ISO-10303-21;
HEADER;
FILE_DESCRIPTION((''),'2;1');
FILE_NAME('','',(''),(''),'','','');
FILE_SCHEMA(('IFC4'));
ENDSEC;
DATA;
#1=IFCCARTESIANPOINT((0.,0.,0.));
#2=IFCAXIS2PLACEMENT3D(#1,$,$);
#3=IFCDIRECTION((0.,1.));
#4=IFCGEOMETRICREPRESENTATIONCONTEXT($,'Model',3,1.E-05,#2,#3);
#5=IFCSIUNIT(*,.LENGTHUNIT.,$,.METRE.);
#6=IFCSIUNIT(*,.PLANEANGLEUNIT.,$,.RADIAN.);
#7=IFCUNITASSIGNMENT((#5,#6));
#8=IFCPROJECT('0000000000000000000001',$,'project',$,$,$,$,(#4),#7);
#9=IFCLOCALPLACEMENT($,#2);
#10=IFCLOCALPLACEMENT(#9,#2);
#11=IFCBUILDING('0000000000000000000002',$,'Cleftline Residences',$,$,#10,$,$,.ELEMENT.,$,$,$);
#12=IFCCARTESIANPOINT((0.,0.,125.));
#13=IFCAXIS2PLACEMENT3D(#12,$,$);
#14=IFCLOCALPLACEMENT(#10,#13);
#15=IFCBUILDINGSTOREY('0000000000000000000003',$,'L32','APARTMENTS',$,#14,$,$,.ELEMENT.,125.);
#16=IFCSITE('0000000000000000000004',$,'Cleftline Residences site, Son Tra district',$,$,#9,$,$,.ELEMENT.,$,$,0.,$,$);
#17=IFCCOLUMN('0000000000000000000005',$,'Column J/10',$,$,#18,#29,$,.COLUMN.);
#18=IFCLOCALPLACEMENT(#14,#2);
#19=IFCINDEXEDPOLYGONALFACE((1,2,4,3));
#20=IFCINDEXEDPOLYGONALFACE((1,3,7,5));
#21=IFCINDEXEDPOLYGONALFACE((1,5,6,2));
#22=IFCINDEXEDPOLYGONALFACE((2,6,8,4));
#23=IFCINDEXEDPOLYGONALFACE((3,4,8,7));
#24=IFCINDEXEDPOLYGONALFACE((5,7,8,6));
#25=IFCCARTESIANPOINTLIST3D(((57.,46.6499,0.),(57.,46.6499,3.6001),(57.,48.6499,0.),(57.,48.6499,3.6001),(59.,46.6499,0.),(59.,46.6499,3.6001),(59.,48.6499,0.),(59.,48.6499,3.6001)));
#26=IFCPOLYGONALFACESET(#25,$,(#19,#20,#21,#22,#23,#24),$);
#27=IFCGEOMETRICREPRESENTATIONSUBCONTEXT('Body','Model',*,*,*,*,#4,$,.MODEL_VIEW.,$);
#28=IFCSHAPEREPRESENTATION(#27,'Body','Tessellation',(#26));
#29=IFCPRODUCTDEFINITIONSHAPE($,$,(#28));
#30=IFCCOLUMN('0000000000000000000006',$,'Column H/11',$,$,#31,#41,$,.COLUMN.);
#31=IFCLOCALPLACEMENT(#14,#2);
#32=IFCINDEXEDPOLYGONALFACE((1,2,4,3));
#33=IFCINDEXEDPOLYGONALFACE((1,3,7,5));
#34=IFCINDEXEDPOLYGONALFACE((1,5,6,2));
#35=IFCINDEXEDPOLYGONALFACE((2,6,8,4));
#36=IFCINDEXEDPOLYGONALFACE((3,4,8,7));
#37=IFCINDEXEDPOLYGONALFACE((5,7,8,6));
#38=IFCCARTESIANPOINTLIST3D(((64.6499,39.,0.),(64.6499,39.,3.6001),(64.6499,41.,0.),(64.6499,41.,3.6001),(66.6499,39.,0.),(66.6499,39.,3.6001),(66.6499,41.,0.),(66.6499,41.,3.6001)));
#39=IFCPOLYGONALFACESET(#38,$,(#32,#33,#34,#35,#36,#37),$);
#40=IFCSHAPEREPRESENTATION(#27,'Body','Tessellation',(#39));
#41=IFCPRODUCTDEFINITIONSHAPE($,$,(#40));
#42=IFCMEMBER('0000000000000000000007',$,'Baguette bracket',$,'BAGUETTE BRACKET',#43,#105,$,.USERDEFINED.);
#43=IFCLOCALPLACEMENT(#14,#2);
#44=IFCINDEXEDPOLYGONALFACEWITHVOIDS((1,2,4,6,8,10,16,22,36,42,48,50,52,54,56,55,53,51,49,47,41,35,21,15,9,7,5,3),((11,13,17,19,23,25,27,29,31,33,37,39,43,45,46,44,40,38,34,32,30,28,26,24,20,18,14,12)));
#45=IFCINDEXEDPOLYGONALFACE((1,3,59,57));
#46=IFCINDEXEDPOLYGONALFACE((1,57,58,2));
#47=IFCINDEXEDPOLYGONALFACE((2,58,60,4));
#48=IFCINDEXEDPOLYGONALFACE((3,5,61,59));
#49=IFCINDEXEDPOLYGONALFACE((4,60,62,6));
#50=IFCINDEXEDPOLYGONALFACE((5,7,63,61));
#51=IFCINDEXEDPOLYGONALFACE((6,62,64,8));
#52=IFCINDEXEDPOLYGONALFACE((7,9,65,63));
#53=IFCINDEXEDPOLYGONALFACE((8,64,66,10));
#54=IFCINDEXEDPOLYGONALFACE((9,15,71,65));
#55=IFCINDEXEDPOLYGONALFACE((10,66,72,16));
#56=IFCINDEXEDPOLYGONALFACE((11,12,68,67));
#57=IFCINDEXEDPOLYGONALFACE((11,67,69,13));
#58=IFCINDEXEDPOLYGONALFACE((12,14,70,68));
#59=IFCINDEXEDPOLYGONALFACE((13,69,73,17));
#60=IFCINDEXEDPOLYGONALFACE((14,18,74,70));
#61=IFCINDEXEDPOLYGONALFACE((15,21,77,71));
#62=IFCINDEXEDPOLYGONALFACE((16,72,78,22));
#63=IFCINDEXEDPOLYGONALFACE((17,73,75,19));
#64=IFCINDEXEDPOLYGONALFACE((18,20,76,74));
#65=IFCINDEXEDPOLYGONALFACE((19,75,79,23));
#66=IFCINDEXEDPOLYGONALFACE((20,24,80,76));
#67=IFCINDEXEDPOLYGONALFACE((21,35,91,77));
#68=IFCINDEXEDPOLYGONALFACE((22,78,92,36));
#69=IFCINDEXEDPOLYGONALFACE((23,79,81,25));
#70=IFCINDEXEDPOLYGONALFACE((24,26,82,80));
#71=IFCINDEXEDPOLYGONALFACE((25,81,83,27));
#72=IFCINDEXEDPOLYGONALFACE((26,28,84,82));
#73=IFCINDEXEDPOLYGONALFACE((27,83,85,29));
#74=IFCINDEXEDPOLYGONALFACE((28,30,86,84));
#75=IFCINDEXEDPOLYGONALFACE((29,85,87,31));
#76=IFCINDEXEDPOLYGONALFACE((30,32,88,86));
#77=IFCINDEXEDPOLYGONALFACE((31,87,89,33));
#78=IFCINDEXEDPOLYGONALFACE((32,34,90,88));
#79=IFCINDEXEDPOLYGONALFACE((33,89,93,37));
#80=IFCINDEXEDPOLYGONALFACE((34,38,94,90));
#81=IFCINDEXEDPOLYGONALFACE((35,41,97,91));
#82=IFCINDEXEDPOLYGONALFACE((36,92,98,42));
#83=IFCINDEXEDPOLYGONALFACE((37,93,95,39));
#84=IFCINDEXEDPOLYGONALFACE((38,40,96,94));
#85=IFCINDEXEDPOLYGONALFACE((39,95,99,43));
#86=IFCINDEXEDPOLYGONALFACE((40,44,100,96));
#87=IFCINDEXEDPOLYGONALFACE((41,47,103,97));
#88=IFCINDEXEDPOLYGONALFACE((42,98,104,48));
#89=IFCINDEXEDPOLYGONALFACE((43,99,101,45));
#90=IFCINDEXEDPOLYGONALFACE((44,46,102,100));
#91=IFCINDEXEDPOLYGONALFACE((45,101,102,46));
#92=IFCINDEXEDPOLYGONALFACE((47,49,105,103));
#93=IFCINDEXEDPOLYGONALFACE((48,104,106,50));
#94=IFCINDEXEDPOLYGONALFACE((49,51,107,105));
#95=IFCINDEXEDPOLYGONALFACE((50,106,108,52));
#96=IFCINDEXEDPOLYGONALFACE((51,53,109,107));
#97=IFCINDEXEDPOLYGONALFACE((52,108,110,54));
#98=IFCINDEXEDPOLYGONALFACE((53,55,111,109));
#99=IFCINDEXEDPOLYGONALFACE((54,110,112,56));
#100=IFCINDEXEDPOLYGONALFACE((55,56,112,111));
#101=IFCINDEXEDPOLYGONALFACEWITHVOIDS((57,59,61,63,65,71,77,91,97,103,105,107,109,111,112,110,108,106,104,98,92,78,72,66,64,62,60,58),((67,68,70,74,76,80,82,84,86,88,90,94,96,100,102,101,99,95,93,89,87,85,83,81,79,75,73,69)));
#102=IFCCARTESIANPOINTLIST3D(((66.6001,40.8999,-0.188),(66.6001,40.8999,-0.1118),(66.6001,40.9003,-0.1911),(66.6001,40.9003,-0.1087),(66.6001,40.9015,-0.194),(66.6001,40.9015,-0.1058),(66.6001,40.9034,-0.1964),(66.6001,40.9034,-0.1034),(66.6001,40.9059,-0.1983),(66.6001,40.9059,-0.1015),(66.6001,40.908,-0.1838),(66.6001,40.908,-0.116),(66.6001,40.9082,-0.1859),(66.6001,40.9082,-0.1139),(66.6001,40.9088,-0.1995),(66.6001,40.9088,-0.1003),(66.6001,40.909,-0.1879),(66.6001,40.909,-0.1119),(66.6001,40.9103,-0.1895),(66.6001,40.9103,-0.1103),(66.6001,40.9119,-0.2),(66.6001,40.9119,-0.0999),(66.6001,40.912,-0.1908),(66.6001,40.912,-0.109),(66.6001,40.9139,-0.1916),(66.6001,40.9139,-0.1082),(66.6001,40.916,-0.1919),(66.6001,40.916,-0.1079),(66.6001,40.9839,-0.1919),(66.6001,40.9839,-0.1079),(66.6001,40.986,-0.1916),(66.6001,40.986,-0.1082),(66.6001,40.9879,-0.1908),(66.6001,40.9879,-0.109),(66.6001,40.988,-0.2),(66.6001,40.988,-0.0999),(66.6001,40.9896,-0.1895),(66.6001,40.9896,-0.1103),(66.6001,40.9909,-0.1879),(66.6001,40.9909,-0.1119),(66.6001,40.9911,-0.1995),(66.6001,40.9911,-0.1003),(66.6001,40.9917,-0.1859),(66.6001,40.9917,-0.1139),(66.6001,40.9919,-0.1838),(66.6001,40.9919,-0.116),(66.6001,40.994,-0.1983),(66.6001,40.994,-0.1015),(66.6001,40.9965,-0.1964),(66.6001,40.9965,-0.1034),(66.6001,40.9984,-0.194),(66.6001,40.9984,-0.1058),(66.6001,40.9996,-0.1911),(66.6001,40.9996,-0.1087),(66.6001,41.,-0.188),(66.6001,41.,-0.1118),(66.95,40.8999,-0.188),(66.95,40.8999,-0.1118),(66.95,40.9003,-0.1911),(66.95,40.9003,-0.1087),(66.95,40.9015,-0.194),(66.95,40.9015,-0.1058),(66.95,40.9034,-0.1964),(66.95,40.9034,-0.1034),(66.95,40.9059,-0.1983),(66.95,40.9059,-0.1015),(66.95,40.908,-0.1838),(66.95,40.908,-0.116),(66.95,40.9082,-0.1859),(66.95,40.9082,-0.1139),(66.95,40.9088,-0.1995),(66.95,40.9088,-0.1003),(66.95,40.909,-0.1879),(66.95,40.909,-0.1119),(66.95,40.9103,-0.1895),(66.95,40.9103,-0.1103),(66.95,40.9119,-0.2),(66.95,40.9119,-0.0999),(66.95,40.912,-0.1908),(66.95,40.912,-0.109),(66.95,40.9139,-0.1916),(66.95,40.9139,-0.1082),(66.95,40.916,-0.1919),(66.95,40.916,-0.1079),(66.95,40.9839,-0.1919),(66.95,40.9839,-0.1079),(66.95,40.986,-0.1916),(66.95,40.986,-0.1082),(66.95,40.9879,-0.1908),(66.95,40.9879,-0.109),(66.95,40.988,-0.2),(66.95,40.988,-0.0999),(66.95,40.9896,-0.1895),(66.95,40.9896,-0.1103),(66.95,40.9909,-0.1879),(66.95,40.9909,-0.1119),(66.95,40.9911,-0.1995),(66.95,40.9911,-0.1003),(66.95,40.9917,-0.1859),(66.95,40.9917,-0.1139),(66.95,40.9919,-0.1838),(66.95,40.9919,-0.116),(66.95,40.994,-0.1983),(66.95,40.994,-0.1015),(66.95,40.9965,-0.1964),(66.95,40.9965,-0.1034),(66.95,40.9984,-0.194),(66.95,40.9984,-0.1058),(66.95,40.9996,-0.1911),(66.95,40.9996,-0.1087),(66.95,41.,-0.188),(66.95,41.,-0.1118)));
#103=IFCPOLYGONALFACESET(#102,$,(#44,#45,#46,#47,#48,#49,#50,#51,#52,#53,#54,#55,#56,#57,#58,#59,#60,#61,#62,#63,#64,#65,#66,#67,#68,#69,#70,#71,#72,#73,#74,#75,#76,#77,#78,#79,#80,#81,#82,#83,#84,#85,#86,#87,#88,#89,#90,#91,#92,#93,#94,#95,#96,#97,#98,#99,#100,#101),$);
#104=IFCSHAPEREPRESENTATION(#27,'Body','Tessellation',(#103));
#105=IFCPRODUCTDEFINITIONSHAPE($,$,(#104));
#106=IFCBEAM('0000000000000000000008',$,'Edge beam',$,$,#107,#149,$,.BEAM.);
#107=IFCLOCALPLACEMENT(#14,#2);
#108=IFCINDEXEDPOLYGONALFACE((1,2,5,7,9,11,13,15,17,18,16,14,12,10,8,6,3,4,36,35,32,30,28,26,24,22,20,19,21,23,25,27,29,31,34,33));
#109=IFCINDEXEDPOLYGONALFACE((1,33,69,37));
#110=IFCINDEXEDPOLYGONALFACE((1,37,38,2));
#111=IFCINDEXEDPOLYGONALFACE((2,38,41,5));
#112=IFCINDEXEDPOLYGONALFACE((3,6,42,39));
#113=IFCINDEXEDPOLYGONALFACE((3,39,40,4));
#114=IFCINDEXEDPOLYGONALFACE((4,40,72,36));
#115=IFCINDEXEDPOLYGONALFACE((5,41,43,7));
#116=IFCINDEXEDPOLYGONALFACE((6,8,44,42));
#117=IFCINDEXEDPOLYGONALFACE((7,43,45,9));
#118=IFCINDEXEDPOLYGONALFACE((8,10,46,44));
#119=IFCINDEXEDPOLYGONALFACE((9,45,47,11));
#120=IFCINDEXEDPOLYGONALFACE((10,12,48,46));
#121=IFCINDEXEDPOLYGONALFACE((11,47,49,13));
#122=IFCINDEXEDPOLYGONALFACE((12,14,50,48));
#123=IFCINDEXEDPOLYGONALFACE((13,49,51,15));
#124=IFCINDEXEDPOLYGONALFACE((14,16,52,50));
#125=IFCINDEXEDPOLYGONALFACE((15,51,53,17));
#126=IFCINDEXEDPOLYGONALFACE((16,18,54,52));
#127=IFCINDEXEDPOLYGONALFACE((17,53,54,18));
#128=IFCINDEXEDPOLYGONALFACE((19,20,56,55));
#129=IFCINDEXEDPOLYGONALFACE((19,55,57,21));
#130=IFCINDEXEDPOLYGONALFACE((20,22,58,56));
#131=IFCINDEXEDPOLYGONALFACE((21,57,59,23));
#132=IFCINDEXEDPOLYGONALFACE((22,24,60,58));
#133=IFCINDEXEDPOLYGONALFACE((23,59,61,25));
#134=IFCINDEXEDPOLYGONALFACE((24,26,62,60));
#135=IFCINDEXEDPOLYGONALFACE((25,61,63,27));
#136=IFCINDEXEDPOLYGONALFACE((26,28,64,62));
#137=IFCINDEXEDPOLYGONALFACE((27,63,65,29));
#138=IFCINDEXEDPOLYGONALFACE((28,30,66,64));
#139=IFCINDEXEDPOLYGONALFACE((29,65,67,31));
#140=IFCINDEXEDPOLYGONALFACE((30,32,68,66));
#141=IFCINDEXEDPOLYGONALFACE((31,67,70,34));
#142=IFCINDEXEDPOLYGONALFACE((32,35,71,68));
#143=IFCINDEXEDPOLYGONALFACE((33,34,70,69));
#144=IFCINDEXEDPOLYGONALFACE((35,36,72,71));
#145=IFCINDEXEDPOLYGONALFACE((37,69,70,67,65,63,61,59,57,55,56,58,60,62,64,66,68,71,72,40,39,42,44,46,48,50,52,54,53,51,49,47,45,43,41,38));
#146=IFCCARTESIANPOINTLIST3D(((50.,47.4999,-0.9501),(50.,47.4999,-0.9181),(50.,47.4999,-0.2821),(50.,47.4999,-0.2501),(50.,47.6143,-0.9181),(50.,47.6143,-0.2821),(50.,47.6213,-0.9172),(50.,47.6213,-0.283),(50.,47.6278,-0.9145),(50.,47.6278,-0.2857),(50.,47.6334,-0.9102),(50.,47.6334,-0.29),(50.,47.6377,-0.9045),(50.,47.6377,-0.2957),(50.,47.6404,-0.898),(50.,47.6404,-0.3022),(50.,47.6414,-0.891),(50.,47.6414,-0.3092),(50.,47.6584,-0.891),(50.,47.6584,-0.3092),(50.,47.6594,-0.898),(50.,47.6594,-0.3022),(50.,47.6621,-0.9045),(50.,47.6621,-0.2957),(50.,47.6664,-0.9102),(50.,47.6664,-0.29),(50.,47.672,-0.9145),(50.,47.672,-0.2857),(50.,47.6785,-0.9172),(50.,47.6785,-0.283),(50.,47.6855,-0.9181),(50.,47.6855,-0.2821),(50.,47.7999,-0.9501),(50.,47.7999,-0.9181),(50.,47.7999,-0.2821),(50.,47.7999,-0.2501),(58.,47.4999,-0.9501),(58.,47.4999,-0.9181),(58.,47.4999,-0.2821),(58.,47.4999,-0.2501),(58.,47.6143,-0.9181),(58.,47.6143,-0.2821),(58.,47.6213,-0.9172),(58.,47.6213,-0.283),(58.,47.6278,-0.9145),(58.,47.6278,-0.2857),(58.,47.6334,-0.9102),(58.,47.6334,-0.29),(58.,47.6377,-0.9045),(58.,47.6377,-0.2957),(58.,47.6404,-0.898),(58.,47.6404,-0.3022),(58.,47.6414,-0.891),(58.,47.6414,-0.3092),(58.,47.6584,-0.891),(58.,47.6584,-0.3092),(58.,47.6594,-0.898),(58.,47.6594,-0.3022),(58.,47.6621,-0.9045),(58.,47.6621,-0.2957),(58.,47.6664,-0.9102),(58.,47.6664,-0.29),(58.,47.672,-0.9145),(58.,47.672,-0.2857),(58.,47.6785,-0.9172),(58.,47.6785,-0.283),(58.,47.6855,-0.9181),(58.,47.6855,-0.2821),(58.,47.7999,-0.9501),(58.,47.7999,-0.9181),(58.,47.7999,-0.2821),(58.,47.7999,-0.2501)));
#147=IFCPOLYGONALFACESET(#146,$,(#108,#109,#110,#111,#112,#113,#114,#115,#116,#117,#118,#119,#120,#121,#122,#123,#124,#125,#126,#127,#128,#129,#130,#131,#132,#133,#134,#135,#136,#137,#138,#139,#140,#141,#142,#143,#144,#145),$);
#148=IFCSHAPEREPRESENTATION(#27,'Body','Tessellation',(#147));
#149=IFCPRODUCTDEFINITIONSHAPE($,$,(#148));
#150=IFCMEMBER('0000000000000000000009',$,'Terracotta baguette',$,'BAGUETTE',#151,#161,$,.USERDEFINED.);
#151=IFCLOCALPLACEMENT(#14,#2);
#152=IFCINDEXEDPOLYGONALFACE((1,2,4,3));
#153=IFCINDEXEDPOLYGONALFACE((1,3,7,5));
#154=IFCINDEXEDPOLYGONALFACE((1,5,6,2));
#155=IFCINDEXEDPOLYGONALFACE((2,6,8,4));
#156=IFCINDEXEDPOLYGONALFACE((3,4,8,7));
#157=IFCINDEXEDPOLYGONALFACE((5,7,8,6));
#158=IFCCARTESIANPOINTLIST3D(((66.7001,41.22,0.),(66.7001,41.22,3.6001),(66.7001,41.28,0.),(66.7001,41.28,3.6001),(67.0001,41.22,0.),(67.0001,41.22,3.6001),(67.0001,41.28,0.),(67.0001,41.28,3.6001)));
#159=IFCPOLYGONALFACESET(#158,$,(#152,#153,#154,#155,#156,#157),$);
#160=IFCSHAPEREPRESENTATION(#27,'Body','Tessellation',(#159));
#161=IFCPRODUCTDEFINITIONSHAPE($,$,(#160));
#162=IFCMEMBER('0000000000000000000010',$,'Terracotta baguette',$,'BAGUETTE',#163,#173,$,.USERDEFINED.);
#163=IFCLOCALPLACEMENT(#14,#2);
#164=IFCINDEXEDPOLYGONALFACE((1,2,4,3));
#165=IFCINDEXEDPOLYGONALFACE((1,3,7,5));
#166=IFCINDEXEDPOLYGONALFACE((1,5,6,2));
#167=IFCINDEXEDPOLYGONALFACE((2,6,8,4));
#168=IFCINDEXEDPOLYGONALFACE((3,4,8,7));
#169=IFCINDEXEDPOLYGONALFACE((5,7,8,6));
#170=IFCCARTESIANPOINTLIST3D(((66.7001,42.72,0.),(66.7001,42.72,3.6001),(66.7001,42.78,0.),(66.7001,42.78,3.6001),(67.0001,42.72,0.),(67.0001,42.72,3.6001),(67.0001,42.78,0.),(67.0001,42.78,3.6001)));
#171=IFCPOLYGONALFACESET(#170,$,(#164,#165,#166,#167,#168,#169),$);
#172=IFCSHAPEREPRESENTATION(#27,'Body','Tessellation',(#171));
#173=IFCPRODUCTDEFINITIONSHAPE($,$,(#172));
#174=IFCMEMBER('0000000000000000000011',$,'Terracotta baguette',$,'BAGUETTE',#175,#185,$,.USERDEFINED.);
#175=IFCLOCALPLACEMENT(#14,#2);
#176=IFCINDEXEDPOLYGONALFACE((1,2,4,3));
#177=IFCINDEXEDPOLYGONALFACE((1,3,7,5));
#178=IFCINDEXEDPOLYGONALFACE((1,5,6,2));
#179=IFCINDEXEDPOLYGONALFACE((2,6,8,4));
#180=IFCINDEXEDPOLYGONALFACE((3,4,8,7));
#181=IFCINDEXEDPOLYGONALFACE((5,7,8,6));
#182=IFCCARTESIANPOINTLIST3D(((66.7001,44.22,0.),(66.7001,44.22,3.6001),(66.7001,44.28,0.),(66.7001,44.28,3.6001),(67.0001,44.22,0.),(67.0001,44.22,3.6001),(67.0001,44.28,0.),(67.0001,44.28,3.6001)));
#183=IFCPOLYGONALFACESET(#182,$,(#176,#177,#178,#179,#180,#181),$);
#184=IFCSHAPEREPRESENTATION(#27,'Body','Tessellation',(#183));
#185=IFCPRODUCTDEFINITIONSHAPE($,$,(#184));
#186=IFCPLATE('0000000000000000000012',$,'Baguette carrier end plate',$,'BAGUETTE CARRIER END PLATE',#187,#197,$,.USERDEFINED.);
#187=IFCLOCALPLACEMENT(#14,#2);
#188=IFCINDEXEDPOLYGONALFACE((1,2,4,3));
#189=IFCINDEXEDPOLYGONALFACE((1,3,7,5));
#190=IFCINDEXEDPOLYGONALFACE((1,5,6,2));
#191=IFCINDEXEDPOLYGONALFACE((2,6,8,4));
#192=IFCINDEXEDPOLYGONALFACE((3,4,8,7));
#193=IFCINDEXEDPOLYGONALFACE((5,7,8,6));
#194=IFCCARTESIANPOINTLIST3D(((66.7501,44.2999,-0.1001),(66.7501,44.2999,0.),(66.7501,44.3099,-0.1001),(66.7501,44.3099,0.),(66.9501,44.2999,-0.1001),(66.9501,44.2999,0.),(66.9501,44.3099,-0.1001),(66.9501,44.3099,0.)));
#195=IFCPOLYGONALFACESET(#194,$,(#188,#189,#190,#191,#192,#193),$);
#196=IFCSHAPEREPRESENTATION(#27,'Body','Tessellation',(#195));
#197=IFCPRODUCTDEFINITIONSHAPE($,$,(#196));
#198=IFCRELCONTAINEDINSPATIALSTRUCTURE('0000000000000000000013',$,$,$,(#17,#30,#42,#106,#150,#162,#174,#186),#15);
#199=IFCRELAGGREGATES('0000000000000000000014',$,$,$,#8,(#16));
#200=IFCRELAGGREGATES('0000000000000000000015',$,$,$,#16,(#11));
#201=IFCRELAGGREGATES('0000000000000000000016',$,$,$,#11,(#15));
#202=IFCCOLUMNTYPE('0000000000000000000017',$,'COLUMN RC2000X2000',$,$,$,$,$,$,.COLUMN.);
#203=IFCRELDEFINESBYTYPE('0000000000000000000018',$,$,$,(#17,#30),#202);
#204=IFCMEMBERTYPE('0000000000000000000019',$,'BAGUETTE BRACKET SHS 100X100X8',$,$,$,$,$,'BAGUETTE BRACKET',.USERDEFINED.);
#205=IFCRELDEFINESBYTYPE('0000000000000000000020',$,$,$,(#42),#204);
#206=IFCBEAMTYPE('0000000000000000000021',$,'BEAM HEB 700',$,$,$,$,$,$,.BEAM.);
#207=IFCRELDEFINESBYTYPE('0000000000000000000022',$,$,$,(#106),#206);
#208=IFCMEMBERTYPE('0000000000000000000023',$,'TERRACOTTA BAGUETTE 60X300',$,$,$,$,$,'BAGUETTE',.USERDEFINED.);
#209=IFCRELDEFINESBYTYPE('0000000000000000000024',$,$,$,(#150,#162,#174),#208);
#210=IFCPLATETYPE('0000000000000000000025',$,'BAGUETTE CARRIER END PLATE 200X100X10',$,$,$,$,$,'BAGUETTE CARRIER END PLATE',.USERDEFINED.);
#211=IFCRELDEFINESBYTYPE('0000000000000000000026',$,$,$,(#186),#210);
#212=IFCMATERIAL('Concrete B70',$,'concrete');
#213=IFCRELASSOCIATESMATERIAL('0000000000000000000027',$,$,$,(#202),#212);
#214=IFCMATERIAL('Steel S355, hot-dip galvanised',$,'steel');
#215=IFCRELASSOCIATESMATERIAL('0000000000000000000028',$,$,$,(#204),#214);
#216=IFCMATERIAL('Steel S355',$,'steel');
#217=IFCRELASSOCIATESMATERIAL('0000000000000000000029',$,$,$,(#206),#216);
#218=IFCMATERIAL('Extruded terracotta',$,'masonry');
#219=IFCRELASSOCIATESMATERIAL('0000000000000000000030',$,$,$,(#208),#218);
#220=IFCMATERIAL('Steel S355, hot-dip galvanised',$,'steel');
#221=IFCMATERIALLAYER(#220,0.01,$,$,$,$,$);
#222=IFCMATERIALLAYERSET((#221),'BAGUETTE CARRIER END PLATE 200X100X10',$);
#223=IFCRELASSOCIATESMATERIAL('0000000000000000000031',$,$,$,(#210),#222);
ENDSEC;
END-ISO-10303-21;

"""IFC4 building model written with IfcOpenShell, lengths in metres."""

from ifc_helpers import new_model, si_unit, direction, frame, origin, origin_2d, place, context, subcontext, project, spatial, rectangle, hollow_rectangle, i_section, extrude, material, layer, layer_set, material_profile, profile_set, type_object, element, save


model = new_model("IFC4")

# Units and contexts
model_context = context("Model", 3, precision=1e-05, world=origin(), true_north=direction((0.0, 1.0)))
body_context = subcontext(model_context, "Body", "Model", "MODEL_VIEW")
ifc_project = project(units=[si_unit("LENGTHUNIT", "METRE"), si_unit("PLANEANGLEUNIT", "RADIAN")], contexts=[model_context])

# Site, building, storey
site_placement = place(None, origin())
site = spatial("IfcSite", under=ifc_project, at=site_placement, Name="Cleftline Residences site, Son Tra district", CompositionType="ELEMENT", RefElevation=0.0)
building_placement = place(site_placement, origin())
building = spatial("IfcBuilding", under=site, at=building_placement, Name="Cleftline Residences", CompositionType="ELEMENT")
storey_placement = place(building_placement, frame((0.0, 0.0, 125.0)))
storey = spatial("IfcBuildingStorey", under=building, at=storey_placement, Name="L32", Description="APARTMENTS", CompositionType="ELEMENT", Elevation=125.0)

# Columns
ifc_material_1 = material(Name="Concrete B70", Category="concrete")
ifc_material_profile_1 = material_profile(ifc_material_1, rectangle(XDim=2.0, YDim=2.0, at=origin_2d()))
ifc_profile_set_1 = profile_set([ifc_material_profile_1], Name="Concrete B70")
column_type = type_object("IfcColumnType", Name="COLUMN RC2000X2000", PredefinedType="COLUMN", material=ifc_profile_set_1)
for number, where, z_axis, x_axis, name in (
    (1, (58.0, 47.6499, 0.0), (0.0, 0.0, 1.0), (1.0, 0.0, 0.0), "Column J/10"),
    (2, (65.6499, 40.0, 0.0), (0.0, 0.0, 1.0), (1.0, 0.0, 0.0), "Column H/11"),
):
    element("IfcColumn", number, at=place(storey_placement, frame(where, z_axis=z_axis, x_axis=x_axis)), inside=storey, type_object=column_type, Name=name, PredefinedType="COLUMN", context=body_context, shape_type="SweptSolid", body=[
        extrude(rectangle(XDim=2.0, YDim=2.0, at=origin_2d()), origin(), (0.0, 0.0, 1.0), 3.6001),
    ])

# Member
ifc_material_2 = material(Name="Steel S355, hot-dip galvanised", Category="steel")
ifc_material_profile_2 = material_profile(ifc_material_2, hollow_rectangle(XDim=0.1001, YDim=0.1001, WallThickness=0.0081, InnerFilletRadius=0.0081, OuterFilletRadius=0.012, at=origin_2d()))
ifc_profile_set_2 = profile_set([ifc_material_profile_2], Name="Steel S355, hot-dip galvanised")
member_type_1 = type_object("IfcMemberType", Name="BAGUETTE BRACKET SHS 100X100X8", ElementType="BAGUETTE BRACKET", PredefinedType="USERDEFINED", material=ifc_profile_set_2)
member_placement = place(storey_placement, frame((66.6001, 40.95, -0.1499), z_axis=(1.0, 0.0, 0.0), x_axis=(0.0, 1.0, 0.0)))
element("IfcMember", 3, at=member_placement, inside=storey, type_object=member_type_1, Name="Baguette bracket", ObjectType="BAGUETTE BRACKET", PredefinedType="USERDEFINED", context=body_context, shape_type="SweptSolid", body=[
    extrude(hollow_rectangle(XDim=0.1001, YDim=0.1001, WallThickness=0.0081, InnerFilletRadius=0.0081, OuterFilletRadius=0.012, at=origin_2d()), origin(), (0.0, 0.0, 1.0), 0.3499),
])

# Beam
ifc_material_3 = material(Name="Steel S355", Category="steel")
ifc_material_profile_3 = material_profile(ifc_material_3, i_section(OverallWidth=0.3, OverallDepth=0.7, WebThickness=0.0171, FlangeThickness=0.032, FilletRadius=0.0271, at=origin_2d()))
ifc_profile_set_3 = profile_set([ifc_material_profile_3], Name="Steel S355")
beam_type = type_object("IfcBeamType", Name="BEAM HEB 700", PredefinedType="BEAM", material=ifc_profile_set_3)
beam_placement = place(storey_placement, frame((58.0, 47.6499, -0.6001), z_axis=(-1.0, 0.0, 0.0), x_axis=(0.0, -1.0, 0.0)))
element("IfcBeam", 4, at=beam_placement, inside=storey, type_object=beam_type, Name="Edge beam", PredefinedType="BEAM", context=body_context, shape_type="SweptSolid", body=[
    extrude(i_section(OverallWidth=0.3, OverallDepth=0.7, WebThickness=0.0171, FlangeThickness=0.032, FilletRadius=0.0271, at=origin_2d()), origin(), (0.0, 0.0, 1.0), 8.0),
])

# Members
ifc_material_4 = material(Name="Extruded terracotta", Category="masonry")
ifc_material_profile_4 = material_profile(ifc_material_4, rectangle(XDim=0.0601, YDim=0.3, at=origin_2d()))
ifc_profile_set_4 = profile_set([ifc_material_profile_4], Name="Extruded terracotta")
member_type_2 = type_object("IfcMemberType", Name="TERRACOTTA BAGUETTE 60X300", ElementType="BAGUETTE", PredefinedType="USERDEFINED", material=ifc_profile_set_4)
for number, where, z_axis, x_axis, name in (
    (5, (66.8501, 41.25, 0.0), (0.0, 0.0, 1.0), (0.0, 1.0, 0.0), "Terracotta baguette"),
    (6, (66.8501, 42.75, 0.0), (0.0, 0.0, 1.0), (0.0, 1.0, 0.0), "Terracotta baguette"),
    (7, (66.8501, 44.25, 0.0), (0.0, 0.0, 1.0), (0.0, 1.0, 0.0), "Terracotta baguette"),
):
    element("IfcMember", number, at=place(storey_placement, frame(where, z_axis=z_axis, x_axis=x_axis)), inside=storey, type_object=member_type_2, Name=name, ObjectType="BAGUETTE", PredefinedType="USERDEFINED", context=body_context, shape_type="SweptSolid", body=[
        extrude(rectangle(XDim=0.0601, YDim=0.3, at=origin_2d()), origin(), (0.0, 0.0, 1.0), 3.6001),
    ])

# Plate
ifc_material_5 = material(Name="Steel S355, hot-dip galvanised", Category="steel")
ifc_layer_1 = layer(ifc_material_5, 0.01)
ifc_layer_set_1 = layer_set([ifc_layer_1], Name="BAGUETTE CARRIER END PLATE 200X100X10")
plate_type = type_object("IfcPlateType", Name="BAGUETTE CARRIER END PLATE 200X100X10", ElementType="BAGUETTE CARRIER END PLATE", PredefinedType="USERDEFINED", material=ifc_layer_set_1)
plate_placement = place(storey_placement, frame((66.8501, 44.3049, -0.1001), z_axis=(0.0, 0.0, 1.0), x_axis=(1.0, 0.0, 0.0)))
element("IfcPlate", 8, at=plate_placement, inside=storey, type_object=plate_type, Name="Baguette carrier end plate", ObjectType="BAGUETTE CARRIER END PLATE", PredefinedType="USERDEFINED", context=body_context, shape_type="SweptSolid", body=[
    extrude(rectangle(XDim=0.2, YDim=0.01, at=origin_2d()), origin(), (0.0, 0.0, 1.0), 0.1001),
])

save(model, "model.ifc")
